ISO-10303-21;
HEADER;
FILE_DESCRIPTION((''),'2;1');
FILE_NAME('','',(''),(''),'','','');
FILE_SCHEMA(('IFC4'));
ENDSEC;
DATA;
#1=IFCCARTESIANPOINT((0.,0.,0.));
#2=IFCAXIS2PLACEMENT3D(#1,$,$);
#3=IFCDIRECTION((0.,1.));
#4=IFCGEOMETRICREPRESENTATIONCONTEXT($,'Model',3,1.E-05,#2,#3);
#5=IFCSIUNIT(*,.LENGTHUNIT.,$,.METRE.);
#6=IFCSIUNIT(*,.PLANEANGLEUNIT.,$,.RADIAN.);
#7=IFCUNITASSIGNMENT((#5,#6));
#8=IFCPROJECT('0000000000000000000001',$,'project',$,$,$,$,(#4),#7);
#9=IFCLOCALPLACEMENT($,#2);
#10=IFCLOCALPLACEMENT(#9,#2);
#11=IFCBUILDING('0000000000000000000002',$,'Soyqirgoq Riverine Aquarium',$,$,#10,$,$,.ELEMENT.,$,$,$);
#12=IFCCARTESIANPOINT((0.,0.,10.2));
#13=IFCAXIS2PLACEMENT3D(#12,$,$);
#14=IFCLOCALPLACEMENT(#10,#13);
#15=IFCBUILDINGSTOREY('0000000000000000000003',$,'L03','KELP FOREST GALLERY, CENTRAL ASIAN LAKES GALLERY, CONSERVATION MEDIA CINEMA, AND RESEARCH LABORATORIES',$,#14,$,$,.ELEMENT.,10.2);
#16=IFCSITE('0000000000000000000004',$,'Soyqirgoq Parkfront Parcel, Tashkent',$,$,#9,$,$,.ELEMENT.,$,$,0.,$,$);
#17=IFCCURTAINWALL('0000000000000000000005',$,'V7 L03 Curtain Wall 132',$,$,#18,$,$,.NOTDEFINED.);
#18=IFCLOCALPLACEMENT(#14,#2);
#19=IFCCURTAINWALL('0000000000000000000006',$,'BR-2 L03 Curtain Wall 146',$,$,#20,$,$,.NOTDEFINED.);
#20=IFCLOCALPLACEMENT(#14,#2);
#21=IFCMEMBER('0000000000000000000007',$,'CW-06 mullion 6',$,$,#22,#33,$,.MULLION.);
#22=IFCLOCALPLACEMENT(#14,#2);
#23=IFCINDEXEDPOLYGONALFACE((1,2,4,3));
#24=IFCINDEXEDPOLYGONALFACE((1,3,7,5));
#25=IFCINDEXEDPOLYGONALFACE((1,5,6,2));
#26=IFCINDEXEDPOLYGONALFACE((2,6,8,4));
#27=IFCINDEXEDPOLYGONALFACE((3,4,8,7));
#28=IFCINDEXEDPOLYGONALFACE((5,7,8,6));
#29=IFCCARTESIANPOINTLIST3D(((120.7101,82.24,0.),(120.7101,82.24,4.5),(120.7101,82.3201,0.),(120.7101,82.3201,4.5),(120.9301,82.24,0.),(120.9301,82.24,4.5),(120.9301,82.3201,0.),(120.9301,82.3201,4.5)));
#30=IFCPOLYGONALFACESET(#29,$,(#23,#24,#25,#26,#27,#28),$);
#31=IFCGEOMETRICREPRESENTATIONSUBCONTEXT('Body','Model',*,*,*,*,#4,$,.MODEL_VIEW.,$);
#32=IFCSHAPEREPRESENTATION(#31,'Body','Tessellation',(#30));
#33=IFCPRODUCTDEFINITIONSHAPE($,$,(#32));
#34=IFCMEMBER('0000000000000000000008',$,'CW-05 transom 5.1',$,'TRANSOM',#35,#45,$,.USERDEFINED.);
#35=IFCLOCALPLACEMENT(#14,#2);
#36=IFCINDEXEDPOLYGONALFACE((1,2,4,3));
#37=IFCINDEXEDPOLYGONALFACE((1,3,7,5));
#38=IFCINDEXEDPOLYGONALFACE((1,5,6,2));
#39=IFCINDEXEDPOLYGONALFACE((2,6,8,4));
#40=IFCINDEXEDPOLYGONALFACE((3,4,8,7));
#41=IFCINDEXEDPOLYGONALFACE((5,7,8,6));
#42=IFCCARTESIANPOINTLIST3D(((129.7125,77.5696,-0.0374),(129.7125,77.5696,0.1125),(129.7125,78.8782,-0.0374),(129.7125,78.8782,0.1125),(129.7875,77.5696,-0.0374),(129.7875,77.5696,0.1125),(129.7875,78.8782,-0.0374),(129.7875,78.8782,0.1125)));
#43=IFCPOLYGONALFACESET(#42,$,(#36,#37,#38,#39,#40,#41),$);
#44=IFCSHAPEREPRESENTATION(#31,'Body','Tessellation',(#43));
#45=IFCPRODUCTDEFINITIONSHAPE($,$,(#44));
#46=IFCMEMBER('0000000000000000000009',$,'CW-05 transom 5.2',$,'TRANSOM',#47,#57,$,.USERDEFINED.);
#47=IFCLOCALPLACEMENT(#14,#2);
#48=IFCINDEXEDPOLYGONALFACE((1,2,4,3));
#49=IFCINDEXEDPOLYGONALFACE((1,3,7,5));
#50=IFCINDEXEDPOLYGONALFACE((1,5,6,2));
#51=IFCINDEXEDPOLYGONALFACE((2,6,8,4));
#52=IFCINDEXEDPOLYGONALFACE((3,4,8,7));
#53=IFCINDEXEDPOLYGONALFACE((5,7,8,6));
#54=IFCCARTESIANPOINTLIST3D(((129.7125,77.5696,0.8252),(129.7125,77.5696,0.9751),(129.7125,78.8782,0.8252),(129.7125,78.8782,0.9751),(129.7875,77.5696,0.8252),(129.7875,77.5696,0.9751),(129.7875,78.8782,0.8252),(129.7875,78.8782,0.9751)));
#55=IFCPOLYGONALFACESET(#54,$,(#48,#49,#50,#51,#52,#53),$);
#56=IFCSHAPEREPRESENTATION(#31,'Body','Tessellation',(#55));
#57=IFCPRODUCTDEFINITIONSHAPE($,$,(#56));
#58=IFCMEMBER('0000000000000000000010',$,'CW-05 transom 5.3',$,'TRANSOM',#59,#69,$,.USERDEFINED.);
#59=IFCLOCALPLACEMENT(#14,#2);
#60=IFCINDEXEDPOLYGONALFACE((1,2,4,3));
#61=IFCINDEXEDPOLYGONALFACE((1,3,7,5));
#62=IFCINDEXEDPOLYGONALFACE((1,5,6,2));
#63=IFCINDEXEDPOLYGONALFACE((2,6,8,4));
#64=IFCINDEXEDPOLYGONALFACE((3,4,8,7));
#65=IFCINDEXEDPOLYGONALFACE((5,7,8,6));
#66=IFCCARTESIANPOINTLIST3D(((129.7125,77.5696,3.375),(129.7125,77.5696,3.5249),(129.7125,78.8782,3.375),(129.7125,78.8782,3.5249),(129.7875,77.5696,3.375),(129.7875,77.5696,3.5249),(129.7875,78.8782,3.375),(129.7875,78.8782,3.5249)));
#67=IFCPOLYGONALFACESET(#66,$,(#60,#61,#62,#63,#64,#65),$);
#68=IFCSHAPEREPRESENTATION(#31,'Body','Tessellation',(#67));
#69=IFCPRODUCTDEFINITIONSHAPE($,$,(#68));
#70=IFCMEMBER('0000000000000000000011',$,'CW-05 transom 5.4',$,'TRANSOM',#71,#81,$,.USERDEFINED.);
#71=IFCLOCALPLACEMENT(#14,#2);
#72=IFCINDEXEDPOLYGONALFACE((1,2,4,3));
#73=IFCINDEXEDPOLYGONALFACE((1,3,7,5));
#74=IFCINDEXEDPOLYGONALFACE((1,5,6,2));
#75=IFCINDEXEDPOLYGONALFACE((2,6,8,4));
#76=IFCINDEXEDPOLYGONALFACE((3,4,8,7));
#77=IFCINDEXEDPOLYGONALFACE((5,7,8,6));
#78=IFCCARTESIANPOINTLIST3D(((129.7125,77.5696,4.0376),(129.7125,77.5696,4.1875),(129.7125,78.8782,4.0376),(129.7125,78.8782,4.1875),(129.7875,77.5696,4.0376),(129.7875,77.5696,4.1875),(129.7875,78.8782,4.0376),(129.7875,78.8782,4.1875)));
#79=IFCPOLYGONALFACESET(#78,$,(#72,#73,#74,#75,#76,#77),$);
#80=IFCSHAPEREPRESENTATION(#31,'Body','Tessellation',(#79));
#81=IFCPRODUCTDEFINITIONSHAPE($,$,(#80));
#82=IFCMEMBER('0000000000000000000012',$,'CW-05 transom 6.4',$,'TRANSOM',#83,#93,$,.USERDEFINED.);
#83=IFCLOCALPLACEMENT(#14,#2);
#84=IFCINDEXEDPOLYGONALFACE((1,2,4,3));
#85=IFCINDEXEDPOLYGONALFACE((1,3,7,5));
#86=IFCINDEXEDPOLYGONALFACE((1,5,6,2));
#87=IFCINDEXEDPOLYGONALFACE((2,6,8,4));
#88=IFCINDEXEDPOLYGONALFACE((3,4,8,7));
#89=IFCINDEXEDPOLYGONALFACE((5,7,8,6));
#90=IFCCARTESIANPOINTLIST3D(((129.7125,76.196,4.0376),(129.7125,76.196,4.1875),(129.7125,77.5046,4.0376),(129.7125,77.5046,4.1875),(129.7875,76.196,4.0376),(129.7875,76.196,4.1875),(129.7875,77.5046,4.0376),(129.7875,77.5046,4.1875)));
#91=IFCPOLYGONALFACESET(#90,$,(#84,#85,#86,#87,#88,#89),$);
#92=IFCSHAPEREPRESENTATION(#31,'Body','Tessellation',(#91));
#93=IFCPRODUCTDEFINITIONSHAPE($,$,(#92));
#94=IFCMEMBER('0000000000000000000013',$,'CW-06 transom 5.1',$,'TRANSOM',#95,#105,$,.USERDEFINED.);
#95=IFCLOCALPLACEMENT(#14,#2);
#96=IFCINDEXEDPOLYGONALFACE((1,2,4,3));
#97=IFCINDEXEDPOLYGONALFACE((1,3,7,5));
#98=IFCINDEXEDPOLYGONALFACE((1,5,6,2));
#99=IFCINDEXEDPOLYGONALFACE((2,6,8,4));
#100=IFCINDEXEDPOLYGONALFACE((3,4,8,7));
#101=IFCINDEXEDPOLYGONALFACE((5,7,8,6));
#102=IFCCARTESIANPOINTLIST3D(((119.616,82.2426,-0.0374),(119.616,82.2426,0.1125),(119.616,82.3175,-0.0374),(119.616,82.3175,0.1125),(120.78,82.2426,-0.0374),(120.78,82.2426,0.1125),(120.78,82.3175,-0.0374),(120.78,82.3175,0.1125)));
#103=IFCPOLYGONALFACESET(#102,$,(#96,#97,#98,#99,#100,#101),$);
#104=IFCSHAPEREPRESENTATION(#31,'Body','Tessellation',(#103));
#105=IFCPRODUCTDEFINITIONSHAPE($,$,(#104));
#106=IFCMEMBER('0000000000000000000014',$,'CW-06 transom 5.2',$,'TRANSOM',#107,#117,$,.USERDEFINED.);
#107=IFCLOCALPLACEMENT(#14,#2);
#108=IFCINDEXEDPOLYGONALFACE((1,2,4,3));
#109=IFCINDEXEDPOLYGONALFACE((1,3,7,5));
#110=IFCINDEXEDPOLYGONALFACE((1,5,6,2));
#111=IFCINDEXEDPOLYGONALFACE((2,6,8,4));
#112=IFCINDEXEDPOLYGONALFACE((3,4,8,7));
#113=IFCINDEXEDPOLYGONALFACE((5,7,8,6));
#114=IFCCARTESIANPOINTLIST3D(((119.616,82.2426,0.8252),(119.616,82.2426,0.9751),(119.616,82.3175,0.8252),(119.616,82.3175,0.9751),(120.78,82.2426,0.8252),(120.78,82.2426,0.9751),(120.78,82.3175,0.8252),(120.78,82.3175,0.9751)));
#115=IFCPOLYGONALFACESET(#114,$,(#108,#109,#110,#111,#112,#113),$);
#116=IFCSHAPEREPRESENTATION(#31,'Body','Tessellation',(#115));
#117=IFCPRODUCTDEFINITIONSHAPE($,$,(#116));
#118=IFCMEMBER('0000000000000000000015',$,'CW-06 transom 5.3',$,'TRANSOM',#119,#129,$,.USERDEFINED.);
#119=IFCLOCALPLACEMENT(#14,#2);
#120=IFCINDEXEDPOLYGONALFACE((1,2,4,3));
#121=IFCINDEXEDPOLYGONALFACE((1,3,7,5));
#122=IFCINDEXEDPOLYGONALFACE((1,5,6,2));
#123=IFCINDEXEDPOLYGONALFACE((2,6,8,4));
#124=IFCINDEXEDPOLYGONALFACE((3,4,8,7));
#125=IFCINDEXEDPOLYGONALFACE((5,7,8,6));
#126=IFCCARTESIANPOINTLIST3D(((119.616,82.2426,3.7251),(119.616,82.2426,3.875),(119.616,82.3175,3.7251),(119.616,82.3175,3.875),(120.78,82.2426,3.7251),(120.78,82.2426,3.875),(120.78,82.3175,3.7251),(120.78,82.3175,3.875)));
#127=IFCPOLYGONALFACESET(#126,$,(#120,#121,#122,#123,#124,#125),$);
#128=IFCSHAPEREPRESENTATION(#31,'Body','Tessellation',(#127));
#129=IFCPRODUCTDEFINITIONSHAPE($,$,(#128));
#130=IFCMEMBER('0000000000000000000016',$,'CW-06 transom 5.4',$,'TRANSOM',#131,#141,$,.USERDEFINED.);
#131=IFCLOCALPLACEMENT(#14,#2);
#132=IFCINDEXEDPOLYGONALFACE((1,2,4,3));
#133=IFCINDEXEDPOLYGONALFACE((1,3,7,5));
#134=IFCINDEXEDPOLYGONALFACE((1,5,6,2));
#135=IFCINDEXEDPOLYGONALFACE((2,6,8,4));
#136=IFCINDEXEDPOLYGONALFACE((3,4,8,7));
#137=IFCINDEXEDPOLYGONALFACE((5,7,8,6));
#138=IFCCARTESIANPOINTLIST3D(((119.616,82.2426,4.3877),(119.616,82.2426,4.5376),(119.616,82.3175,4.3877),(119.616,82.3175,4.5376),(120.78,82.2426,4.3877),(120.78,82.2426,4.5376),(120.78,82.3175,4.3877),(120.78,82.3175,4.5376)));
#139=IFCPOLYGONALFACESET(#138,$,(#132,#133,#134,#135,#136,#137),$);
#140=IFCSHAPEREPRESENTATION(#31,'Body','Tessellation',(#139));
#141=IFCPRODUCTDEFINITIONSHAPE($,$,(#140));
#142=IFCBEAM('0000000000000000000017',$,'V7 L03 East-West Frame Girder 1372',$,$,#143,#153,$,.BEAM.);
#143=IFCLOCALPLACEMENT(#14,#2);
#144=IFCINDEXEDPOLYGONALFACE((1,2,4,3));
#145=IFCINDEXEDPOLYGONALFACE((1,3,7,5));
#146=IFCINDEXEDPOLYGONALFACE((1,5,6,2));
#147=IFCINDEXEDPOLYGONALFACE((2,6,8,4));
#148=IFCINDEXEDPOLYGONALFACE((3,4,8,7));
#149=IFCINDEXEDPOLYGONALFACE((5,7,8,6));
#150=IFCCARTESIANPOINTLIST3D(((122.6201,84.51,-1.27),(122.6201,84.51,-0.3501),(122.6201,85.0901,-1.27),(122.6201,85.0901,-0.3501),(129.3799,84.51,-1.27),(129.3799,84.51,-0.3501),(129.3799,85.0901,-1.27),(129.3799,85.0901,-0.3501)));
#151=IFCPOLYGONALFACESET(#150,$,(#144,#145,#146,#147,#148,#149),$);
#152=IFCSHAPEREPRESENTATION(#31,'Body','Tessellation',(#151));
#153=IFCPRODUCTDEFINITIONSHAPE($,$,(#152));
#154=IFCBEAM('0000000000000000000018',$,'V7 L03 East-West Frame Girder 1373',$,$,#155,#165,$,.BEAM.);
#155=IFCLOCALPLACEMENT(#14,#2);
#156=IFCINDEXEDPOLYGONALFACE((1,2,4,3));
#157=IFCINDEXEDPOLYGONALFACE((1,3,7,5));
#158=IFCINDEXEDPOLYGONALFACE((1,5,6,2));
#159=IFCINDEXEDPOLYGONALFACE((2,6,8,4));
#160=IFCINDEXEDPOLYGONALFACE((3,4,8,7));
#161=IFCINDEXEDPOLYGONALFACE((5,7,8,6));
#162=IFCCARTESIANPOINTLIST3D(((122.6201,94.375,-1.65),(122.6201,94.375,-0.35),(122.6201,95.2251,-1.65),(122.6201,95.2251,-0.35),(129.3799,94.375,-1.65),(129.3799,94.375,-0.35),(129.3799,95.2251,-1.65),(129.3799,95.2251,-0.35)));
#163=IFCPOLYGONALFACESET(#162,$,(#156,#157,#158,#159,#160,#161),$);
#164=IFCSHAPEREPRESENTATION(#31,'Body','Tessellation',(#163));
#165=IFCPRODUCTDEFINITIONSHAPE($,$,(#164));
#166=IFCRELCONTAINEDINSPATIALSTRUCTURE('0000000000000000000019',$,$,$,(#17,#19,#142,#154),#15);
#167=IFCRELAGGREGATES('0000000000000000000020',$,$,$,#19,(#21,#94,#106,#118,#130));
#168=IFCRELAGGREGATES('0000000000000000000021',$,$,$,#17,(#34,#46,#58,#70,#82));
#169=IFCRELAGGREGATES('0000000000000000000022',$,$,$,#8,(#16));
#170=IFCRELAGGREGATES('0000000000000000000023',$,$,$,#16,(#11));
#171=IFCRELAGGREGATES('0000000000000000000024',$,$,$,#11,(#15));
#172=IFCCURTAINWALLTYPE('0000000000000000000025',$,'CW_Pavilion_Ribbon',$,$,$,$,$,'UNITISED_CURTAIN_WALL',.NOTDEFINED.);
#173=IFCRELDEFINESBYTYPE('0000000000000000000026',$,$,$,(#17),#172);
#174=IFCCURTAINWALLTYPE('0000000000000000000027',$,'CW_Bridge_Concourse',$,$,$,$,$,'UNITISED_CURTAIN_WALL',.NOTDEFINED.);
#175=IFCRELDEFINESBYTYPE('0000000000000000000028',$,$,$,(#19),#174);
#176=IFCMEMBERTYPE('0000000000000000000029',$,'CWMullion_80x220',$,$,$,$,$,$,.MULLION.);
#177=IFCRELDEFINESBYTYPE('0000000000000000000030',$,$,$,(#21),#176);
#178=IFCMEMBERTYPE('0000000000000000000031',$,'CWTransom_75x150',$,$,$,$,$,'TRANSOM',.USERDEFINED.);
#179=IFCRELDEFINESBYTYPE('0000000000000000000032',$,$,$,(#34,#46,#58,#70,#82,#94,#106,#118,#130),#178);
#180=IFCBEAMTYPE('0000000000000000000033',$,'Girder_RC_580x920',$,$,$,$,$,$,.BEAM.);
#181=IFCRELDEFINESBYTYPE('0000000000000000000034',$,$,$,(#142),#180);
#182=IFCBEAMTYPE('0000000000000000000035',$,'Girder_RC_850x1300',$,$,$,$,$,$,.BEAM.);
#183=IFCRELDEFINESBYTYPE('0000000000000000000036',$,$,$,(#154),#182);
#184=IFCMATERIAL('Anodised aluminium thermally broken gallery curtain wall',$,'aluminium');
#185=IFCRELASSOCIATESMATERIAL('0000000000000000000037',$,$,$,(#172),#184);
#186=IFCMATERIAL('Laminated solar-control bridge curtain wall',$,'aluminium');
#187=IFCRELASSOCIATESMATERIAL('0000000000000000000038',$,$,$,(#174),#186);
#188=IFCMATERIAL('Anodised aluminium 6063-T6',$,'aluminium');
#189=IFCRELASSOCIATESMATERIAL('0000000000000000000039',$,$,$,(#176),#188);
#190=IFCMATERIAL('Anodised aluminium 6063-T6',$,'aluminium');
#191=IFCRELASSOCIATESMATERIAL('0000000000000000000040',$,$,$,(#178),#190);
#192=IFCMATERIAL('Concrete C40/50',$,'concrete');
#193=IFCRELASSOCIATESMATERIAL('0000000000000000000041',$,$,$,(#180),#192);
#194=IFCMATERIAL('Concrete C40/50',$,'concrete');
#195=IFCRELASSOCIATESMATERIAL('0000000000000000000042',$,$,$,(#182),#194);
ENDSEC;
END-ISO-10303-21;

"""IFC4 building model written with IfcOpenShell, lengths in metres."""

from ifc_helpers import new_model, si_unit, direction, frame, origin, origin_2d, place, context, subcontext, project, spatial, rectangle, extrude, material, material_profile, profile_set, type_object, element, aggregate, save


model = new_model("IFC4")

# Units and contexts
model_context = context("Model", 3, precision=1e-05, world=origin(), true_north=direction((0.0, 1.0)))
body_context = subcontext(model_context, "Body", "Model", "MODEL_VIEW")
ifc_project = project(units=[si_unit("LENGTHUNIT", "METRE"), si_unit("PLANEANGLEUNIT", "RADIAN")], contexts=[model_context])

# Site, building, storey
site_placement = place(None, origin())
site = spatial("IfcSite", under=ifc_project, at=site_placement, Name="Soyqirgoq Parkfront Parcel, Tashkent", CompositionType="ELEMENT", RefElevation=0.0)
building_placement = place(site_placement, origin())
building = spatial("IfcBuilding", under=site, at=building_placement, Name="Soyqirgoq Riverine Aquarium", CompositionType="ELEMENT")
storey_placement = place(building_placement, frame((0.0, 0.0, 10.2)))
storey = spatial("IfcBuildingStorey", under=building, at=storey_placement, Name="L03", Description="KELP FOREST GALLERY, CENTRAL ASIAN LAKES GALLERY, CONSERVATION MEDIA CINEMA, AND RESEARCH LABORATORIES", CompositionType="ELEMENT", Elevation=10.2)

# Curtain walls, member
ifc_material_1 = material(Name="Anodised aluminium thermally broken gallery curtain wall", Category="aluminium")
curtain_wall_type_1 = type_object("IfcCurtainWallType", Name="CW_Pavilion_Ribbon", ElementType="UNITISED_CURTAIN_WALL", PredefinedType="NOTDEFINED", material=ifc_material_1)
curtain_wall_1_placement = place(storey_placement, origin())
curtain_wall_1 = element("IfcCurtainWall", 1, at=curtain_wall_1_placement, inside=storey, type_object=curtain_wall_type_1, Name="V7 L03 Curtain Wall 132", PredefinedType="NOTDEFINED")
ifc_material_2 = material(Name="Laminated solar-control bridge curtain wall", Category="aluminium")
curtain_wall_type_2 = type_object("IfcCurtainWallType", Name="CW_Bridge_Concourse", ElementType="UNITISED_CURTAIN_WALL", PredefinedType="NOTDEFINED", material=ifc_material_2)
curtain_wall_2_placement = place(storey_placement, origin())
curtain_wall_2 = element("IfcCurtainWall", 2, at=curtain_wall_2_placement, inside=storey, type_object=curtain_wall_type_2, Name="BR-2 L03 Curtain Wall 146", PredefinedType="NOTDEFINED")
ifc_material_3 = material(Name="Anodised aluminium 6063-T6", Category="aluminium")
ifc_material_profile_1 = material_profile(ifc_material_3, rectangle(XDim=0.0801, YDim=0.22, at=origin_2d()), Name="ALU-M 80x220")
ifc_profile_set_1 = profile_set([ifc_material_profile_1], Name="Anodised aluminium 6063-T6")
member_type_1 = type_object("IfcMemberType", Name="CWMullion_80x220", PredefinedType="MULLION", material=ifc_profile_set_1)
member_1_placement = place(storey_placement, frame((120.8201, 82.28, 0.0), z_axis=(0.0, 0.0, 1.0), x_axis=(0.0, 1.0, 0.0)))
member_1 = element("IfcMember", 3, at=member_1_placement, type_object=member_type_1, Name="CW-06 mullion 6", PredefinedType="MULLION", context=body_context, shape_type="SweptSolid", body=[
    extrude(rectangle(XDim=0.0801, YDim=0.22, at=origin_2d()), origin(), (0.0, 0.0, 1.0), 4.5),
])

# Members
ifc_material_4 = material(Name="Anodised aluminium 6063-T6", Category="aluminium")
ifc_material_profile_2 = material_profile(ifc_material_4, rectangle(XDim=0.075, YDim=0.1499, at=origin_2d()), Name="ALU-T 75x150")
ifc_profile_set_2 = profile_set([ifc_material_profile_2], Name="Anodised aluminium 6063-T6")
member_type_2 = type_object("IfcMemberType", Name="CWTransom_75x150", ElementType="TRANSOM", PredefinedType="USERDEFINED", material=ifc_profile_set_2)
member_2_placement = place(storey_placement, frame((129.75, 78.8782, 0.0376), z_axis=(0.0, -1.0, 0.0), x_axis=(1.0, 0.0, 0.0)))
member_2 = element("IfcMember", 4, at=member_2_placement, type_object=member_type_2, Name="CW-05 transom 5.1", ObjectType="TRANSOM", PredefinedType="USERDEFINED", context=body_context, shape_type="SweptSolid", body=[
    extrude(rectangle(XDim=0.075, YDim=0.1499, at=origin_2d()), origin(), (0.0, 0.0, 1.0), 1.3086),
])
member_3_placement = place(storey_placement, frame((129.75, 78.8782, 0.9001), z_axis=(0.0, -1.0, 0.0), x_axis=(1.0, 0.0, 0.0)))
member_3 = element("IfcMember", 5, at=member_3_placement, type_object=member_type_2, Name="CW-05 transom 5.2", ObjectType="TRANSOM", PredefinedType="USERDEFINED", context=body_context, shape_type="SweptSolid", body=[
    extrude(rectangle(XDim=0.075, YDim=0.1499, at=origin_2d()), origin(), (0.0, 0.0, 1.0), 1.3086),
])
member_4_placement = place(storey_placement, frame((129.75, 78.8782, 3.45), z_axis=(0.0, -1.0, 0.0), x_axis=(1.0, 0.0, 0.0)))
member_4 = element("IfcMember", 6, at=member_4_placement, type_object=member_type_2, Name="CW-05 transom 5.3", ObjectType="TRANSOM", PredefinedType="USERDEFINED", context=body_context, shape_type="SweptSolid", body=[
    extrude(rectangle(XDim=0.075, YDim=0.1499, at=origin_2d()), origin(), (0.0, 0.0, 1.0), 1.3086),
])
member_5_placement = place(storey_placement, frame((129.75, 78.8782, 4.1125), z_axis=(0.0, -1.0, 0.0), x_axis=(1.0, 0.0, 0.0)))
member_5 = element("IfcMember", 7, at=member_5_placement, type_object=member_type_2, Name="CW-05 transom 5.4", ObjectType="TRANSOM", PredefinedType="USERDEFINED", context=body_context, shape_type="SweptSolid", body=[
    extrude(rectangle(XDim=0.075, YDim=0.1499, at=origin_2d()), origin(), (0.0, 0.0, 1.0), 1.3086),
])
member_6_placement = place(storey_placement, frame((129.75, 77.5046, 4.1125), z_axis=(0.0, -1.0, 0.0), x_axis=(1.0, 0.0, 0.0)))
member_6 = element("IfcMember", 8, at=member_6_placement, type_object=member_type_2, Name="CW-05 transom 6.4", ObjectType="TRANSOM", PredefinedType="USERDEFINED", context=body_context, shape_type="SweptSolid", body=[
    extrude(rectangle(XDim=0.075, YDim=0.1499, at=origin_2d()), origin(), (0.0, 0.0, 1.0), 1.3086),
])
member_7_placement = place(storey_placement, frame((119.616, 82.28, 0.0376), z_axis=(1.0, 0.0, 0.0), x_axis=(0.0, 1.0, 0.0)))
member_7 = element("IfcMember", 9, at=member_7_placement, type_object=member_type_2, Name="CW-06 transom 5.1", ObjectType="TRANSOM", PredefinedType="USERDEFINED", context=body_context, shape_type="SweptSolid", body=[
    extrude(rectangle(XDim=0.075, YDim=0.1499, at=origin_2d()), origin(), (0.0, 0.0, 1.0), 1.1641),
])
member_8_placement = place(storey_placement, frame((119.616, 82.28, 0.9001), z_axis=(1.0, 0.0, 0.0), x_axis=(0.0, 1.0, 0.0)))
member_8 = element("IfcMember", 10, at=member_8_placement, type_object=member_type_2, Name="CW-06 transom 5.2", ObjectType="TRANSOM", PredefinedType="USERDEFINED", context=body_context, shape_type="SweptSolid", body=[
    extrude(rectangle(XDim=0.075, YDim=0.1499, at=origin_2d()), origin(), (0.0, 0.0, 1.0), 1.1641),
])
member_9_placement = place(storey_placement, frame((119.616, 82.28, 3.8), z_axis=(1.0, 0.0, 0.0), x_axis=(0.0, 1.0, 0.0)))
member_9 = element("IfcMember", 11, at=member_9_placement, type_object=member_type_2, Name="CW-06 transom 5.3", ObjectType="TRANSOM", PredefinedType="USERDEFINED", context=body_context, shape_type="SweptSolid", body=[
    extrude(rectangle(XDim=0.075, YDim=0.1499, at=origin_2d()), origin(), (0.0, 0.0, 1.0), 1.1641),
])
member_10_placement = place(storey_placement, frame((119.616, 82.28, 4.4626), z_axis=(1.0, 0.0, 0.0), x_axis=(0.0, 1.0, 0.0)))
member_10 = element("IfcMember", 12, at=member_10_placement, type_object=member_type_2, Name="CW-06 transom 5.4", ObjectType="TRANSOM", PredefinedType="USERDEFINED", context=body_context, shape_type="SweptSolid", body=[
    extrude(rectangle(XDim=0.075, YDim=0.1499, at=origin_2d()), origin(), (0.0, 0.0, 1.0), 1.1641),
])

# Beams
ifc_material_5 = material(Name="Concrete C40/50", Category="concrete")
ifc_material_profile_3 = material_profile(ifc_material_5, rectangle(XDim=0.5801, YDim=0.9199, at=origin_2d()), Name="RC 580x920")
ifc_profile_set_3 = profile_set([ifc_material_profile_3], Name="Concrete C40/50")
beam_type_1 = type_object("IfcBeamType", Name="Girder_RC_580x920", PredefinedType="BEAM", material=ifc_profile_set_3)
beam_1_placement = place(storey_placement, frame((122.6201, 84.8, -0.8101), z_axis=(1.0, 0.0, 0.0), x_axis=(0.0, 1.0, 0.0)))
element("IfcBeam", 13, at=beam_1_placement, inside=storey, type_object=beam_type_1, Name="V7 L03 East-West Frame Girder 1372", PredefinedType="BEAM", context=body_context, shape_type="SweptSolid", body=[
    extrude(rectangle(XDim=0.5801, YDim=0.9199, at=origin_2d()), origin(), (0.0, 0.0, 1.0), 6.7598),
])
ifc_material_6 = material(Name="Concrete C40/50", Category="concrete")
ifc_material_profile_4 = material_profile(ifc_material_6, rectangle(XDim=0.8501, YDim=1.3, at=origin_2d()), Name="RC 850x1300")
ifc_profile_set_4 = profile_set([ifc_material_profile_4], Name="Concrete C40/50")
beam_type_2 = type_object("IfcBeamType", Name="Girder_RC_850x1300", PredefinedType="BEAM", material=ifc_profile_set_4)
beam_2_placement = place(storey_placement, frame((122.6201, 94.8, -1.0), z_axis=(1.0, 0.0, 0.0), x_axis=(0.0, 1.0, 0.0)))
element("IfcBeam", 14, at=beam_2_placement, inside=storey, type_object=beam_type_2, Name="V7 L03 East-West Frame Girder 1373", PredefinedType="BEAM", context=body_context, shape_type="SweptSolid", body=[
    extrude(rectangle(XDim=0.8501, YDim=1.3, at=origin_2d()), origin(), (0.0, 0.0, 1.0), 6.7598),
])

aggregate(curtain_wall_2, [member_1, member_7, member_8, member_9, member_10])
aggregate(curtain_wall_1, [member_2, member_3, member_4, member_5, member_6])

save(model, "model.ifc")
